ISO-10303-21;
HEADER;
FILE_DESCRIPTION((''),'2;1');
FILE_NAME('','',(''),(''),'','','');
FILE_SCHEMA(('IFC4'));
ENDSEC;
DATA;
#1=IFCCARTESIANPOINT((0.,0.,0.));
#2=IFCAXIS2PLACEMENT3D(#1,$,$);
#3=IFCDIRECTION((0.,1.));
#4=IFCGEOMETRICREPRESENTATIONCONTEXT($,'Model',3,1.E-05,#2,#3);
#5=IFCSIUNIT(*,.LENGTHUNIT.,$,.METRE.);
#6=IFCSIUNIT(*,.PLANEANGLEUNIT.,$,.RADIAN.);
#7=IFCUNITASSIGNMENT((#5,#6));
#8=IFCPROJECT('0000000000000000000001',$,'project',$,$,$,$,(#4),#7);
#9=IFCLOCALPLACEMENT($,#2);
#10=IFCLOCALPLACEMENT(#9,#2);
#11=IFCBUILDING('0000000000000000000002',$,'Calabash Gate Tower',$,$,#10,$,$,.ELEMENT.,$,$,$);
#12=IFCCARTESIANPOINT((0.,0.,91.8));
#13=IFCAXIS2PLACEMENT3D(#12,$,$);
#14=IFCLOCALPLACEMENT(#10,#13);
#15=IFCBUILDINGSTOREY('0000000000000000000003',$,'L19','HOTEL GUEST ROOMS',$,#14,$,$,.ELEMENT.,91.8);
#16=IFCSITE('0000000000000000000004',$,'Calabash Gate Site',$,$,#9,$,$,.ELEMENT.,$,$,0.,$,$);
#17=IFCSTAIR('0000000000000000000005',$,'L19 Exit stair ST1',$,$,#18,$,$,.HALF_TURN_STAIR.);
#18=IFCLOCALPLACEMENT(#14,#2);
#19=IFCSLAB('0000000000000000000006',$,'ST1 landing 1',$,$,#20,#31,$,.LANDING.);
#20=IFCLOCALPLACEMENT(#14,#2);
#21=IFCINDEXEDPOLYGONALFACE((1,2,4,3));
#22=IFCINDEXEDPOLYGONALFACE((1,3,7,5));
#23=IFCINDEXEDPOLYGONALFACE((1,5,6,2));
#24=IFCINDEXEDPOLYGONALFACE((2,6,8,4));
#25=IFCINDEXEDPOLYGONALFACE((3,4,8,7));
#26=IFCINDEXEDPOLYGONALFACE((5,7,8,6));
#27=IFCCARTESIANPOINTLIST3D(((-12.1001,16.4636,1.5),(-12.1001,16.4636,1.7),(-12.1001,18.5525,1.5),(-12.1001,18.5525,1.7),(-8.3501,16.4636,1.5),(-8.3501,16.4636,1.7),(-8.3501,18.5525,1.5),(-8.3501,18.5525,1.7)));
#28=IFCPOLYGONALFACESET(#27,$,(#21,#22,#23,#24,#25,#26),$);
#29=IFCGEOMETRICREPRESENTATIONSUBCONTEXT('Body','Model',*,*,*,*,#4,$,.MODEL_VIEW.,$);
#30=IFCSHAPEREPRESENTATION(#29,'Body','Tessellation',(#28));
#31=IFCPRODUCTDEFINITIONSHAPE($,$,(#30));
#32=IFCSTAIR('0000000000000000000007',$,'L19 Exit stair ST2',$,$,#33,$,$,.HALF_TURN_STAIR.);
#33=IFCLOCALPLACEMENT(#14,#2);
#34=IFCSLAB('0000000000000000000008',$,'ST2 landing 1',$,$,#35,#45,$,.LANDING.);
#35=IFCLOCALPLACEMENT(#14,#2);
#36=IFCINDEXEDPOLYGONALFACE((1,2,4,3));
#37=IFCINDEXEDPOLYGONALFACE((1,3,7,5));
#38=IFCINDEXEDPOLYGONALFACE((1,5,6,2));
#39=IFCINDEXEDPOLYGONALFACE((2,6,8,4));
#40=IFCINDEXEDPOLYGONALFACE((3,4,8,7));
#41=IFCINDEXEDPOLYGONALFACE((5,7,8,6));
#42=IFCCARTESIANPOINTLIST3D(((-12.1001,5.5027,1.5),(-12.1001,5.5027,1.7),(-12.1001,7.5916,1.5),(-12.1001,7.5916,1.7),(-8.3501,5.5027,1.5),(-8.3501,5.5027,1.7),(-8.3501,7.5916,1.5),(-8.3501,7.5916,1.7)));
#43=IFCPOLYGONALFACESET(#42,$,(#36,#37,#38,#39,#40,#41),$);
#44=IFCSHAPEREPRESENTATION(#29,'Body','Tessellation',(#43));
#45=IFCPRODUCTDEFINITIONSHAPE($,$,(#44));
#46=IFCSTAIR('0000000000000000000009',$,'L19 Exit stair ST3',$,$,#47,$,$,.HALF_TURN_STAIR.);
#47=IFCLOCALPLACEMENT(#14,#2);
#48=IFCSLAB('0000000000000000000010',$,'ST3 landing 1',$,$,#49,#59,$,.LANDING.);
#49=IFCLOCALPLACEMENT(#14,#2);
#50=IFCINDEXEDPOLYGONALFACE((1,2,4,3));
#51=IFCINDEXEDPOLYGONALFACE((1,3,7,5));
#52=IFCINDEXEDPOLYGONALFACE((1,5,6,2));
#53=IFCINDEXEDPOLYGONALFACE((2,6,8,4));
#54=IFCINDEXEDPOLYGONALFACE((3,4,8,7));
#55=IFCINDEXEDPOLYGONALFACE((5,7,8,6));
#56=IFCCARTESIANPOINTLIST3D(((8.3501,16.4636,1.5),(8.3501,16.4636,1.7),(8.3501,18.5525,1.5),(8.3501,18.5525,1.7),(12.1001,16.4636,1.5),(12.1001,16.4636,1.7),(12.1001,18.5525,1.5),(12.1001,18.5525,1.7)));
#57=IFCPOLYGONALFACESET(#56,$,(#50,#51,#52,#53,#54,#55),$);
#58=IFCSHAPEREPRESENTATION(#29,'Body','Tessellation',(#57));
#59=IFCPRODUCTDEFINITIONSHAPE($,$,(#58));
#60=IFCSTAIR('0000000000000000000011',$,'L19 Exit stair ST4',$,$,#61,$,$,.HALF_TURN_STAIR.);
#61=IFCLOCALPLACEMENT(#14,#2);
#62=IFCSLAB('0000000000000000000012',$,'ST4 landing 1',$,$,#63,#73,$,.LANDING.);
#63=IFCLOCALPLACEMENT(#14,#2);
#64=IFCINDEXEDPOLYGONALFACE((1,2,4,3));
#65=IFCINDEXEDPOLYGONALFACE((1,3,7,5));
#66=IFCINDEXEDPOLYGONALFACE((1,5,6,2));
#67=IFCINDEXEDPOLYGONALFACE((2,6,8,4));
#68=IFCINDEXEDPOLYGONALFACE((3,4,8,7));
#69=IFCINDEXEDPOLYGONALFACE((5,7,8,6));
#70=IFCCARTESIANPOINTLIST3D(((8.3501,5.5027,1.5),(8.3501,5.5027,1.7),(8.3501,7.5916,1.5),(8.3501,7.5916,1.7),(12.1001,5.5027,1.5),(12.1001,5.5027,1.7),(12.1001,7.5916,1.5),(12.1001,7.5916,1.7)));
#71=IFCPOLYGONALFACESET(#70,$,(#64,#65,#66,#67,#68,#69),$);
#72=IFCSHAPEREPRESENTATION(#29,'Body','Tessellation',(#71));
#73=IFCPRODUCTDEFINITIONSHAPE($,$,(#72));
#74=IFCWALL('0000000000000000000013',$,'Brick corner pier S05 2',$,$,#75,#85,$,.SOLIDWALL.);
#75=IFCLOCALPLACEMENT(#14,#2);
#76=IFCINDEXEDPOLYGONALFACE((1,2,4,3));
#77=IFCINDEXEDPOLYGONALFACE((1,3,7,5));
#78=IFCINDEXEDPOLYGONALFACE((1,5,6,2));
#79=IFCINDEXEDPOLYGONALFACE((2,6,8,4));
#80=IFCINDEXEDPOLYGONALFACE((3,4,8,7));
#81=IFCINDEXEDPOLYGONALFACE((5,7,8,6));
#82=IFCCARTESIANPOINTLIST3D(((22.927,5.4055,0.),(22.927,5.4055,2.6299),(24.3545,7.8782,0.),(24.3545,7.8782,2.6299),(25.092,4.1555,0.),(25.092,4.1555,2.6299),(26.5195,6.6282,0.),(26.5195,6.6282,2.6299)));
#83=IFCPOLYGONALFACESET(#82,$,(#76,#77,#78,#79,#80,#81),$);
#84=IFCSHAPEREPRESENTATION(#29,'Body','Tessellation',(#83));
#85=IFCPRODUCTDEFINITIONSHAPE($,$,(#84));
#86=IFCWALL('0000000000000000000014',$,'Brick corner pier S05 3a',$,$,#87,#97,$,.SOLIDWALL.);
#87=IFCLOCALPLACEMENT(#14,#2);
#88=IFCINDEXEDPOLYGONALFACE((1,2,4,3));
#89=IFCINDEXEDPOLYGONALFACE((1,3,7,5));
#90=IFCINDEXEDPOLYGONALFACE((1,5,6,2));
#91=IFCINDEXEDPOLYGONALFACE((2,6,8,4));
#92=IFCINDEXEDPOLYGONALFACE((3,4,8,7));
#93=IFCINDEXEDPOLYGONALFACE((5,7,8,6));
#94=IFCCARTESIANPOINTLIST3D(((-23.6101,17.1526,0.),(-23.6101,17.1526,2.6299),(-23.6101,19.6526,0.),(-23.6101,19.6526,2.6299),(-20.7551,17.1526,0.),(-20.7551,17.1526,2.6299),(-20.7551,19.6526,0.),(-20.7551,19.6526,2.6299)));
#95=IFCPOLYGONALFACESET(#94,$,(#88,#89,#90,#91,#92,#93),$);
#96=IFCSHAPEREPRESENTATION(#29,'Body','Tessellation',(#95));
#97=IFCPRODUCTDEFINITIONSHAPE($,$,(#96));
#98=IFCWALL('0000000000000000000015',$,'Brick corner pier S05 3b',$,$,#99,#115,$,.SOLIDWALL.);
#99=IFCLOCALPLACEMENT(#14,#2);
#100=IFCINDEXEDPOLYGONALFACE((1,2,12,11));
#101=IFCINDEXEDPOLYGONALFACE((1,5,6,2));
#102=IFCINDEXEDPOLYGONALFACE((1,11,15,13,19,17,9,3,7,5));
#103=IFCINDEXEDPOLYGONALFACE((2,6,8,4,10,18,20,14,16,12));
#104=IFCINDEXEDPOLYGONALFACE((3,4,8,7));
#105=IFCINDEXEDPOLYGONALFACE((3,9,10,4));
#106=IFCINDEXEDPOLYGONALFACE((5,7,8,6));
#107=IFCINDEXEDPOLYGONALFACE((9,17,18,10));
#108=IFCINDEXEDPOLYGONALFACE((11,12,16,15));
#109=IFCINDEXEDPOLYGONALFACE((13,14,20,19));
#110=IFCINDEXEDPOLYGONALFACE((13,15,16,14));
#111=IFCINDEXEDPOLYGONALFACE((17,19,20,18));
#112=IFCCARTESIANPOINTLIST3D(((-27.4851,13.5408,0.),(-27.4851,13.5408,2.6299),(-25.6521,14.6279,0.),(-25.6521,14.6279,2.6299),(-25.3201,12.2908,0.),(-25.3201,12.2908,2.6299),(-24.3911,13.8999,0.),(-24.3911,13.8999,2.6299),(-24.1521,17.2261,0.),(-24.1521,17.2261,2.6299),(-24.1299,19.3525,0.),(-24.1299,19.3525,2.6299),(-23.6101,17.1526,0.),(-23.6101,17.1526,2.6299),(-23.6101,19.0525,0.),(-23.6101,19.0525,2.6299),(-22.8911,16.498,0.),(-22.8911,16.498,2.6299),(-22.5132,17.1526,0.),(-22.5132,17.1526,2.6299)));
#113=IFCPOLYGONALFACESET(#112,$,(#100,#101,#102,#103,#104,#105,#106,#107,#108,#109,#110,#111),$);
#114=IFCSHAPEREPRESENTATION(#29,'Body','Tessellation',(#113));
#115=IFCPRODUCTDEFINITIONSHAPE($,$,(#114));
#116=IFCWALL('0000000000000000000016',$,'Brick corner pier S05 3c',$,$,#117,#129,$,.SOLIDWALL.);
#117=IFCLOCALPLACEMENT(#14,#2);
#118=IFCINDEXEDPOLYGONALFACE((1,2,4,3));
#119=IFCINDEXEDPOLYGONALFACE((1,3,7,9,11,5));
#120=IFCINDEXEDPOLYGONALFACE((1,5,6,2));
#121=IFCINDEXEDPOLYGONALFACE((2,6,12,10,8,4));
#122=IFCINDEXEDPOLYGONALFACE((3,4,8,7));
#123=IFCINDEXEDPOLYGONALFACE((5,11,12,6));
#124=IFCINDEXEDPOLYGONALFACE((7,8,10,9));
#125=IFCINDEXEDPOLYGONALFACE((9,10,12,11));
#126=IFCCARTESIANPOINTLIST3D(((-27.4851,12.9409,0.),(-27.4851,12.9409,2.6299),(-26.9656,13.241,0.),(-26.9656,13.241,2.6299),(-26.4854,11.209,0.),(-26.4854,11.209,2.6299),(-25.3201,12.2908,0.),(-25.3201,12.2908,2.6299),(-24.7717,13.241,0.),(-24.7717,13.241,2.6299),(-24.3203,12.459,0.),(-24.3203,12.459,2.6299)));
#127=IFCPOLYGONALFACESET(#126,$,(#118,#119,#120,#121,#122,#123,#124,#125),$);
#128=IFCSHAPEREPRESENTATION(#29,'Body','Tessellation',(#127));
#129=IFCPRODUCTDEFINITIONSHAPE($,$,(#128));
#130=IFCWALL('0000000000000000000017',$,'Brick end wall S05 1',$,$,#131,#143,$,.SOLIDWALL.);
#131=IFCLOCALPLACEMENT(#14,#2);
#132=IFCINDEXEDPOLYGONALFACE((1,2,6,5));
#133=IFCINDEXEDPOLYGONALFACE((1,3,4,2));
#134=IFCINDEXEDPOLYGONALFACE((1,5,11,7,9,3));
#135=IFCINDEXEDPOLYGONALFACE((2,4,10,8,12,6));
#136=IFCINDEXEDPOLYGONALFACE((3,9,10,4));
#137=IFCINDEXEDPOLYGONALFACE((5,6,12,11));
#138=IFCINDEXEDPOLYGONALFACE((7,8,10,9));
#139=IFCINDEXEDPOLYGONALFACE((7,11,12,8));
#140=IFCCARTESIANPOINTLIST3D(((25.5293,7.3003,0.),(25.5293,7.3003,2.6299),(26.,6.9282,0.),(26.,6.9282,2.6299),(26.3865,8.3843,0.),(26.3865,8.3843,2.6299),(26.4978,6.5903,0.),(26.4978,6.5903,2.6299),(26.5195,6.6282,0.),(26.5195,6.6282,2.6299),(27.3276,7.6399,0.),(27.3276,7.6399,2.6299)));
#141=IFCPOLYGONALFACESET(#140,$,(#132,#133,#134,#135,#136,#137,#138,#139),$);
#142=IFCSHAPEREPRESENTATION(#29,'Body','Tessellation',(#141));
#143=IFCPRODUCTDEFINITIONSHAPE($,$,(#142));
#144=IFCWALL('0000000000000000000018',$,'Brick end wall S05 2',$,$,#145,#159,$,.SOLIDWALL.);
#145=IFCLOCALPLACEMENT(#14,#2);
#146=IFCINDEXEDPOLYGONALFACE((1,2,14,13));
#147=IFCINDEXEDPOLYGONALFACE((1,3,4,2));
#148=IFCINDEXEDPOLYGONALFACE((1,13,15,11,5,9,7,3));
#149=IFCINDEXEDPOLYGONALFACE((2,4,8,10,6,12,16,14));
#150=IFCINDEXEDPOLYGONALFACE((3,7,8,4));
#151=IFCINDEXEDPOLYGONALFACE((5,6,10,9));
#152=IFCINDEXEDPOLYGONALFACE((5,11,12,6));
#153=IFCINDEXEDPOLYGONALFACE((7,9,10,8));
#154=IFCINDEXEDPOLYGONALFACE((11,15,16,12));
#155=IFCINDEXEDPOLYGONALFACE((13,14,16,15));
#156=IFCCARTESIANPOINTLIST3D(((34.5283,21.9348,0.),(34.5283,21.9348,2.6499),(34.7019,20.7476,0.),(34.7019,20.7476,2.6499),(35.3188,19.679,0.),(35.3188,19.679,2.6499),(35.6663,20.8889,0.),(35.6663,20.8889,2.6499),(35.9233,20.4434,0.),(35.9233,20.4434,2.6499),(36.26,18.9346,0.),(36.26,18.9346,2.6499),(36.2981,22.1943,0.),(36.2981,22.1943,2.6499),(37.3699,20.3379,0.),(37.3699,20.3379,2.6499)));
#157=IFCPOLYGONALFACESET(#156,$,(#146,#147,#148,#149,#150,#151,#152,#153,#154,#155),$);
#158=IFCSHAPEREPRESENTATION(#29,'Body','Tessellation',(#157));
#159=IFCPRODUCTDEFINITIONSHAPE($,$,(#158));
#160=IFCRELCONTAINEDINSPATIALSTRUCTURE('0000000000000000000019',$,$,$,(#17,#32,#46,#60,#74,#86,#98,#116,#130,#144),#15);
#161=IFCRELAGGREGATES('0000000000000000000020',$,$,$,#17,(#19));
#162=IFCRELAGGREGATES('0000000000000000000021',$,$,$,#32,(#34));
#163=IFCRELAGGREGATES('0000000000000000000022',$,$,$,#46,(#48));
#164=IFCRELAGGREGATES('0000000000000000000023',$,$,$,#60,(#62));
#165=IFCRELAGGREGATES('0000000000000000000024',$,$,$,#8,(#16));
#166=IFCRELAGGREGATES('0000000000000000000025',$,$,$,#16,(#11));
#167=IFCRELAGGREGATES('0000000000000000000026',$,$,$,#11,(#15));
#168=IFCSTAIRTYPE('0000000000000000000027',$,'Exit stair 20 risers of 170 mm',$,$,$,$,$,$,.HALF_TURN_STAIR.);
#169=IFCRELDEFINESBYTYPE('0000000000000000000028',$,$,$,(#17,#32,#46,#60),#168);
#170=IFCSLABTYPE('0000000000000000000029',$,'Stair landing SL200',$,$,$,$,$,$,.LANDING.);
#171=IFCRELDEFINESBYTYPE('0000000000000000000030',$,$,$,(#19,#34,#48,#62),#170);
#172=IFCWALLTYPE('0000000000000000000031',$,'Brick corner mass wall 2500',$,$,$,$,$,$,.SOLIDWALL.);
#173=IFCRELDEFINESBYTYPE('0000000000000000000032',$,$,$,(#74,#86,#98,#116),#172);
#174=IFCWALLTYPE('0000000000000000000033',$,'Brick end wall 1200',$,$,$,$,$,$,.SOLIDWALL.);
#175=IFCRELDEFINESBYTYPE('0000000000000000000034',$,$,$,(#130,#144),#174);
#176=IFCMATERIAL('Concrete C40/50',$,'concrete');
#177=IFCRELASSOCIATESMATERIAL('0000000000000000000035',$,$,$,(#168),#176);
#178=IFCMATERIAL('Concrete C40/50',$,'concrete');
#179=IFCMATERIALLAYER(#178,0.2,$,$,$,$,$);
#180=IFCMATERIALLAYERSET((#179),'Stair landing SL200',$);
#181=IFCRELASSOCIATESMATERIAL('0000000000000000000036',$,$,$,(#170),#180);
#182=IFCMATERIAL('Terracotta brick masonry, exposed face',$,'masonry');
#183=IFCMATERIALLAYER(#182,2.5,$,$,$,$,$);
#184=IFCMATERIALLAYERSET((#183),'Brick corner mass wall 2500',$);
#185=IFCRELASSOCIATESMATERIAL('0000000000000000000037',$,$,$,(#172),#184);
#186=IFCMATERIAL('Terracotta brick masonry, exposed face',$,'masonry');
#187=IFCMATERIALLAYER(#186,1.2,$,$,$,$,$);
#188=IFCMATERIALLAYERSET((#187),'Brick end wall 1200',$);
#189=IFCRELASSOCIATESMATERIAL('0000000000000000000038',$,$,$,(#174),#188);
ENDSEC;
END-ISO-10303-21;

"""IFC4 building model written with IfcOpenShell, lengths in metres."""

from ifc_helpers import new_model, si_unit, direction, frame, origin, place, context, subcontext, project, spatial, polyline, outline, extrude, material, layer, layer_set, type_object, element, aggregate, save


model = new_model("IFC4")

# Units and contexts
model_context = context("Model", 3, precision=1e-05, world=origin(), true_north=direction((0.0, 1.0)))
body_context = subcontext(model_context, "Body", "Model", "MODEL_VIEW")
ifc_project = project(units=[si_unit("LENGTHUNIT", "METRE"), si_unit("PLANEANGLEUNIT", "RADIAN")], contexts=[model_context])

# Site, building, storey
site_placement = place(None, origin())
site = spatial("IfcSite", under=ifc_project, at=site_placement, Name="Calabash Gate Site", CompositionType="ELEMENT", RefElevation=0.0)
building_placement = place(site_placement, origin())
building = spatial("IfcBuilding", under=site, at=building_placement, Name="Calabash Gate Tower", CompositionType="ELEMENT")
storey_placement = place(building_placement, frame((0.0, 0.0, 91.8)))
storey = spatial("IfcBuildingStorey", under=building, at=storey_placement, Name="L19", Description="HOTEL GUEST ROOMS", CompositionType="ELEMENT", Elevation=91.8)

# Stairs, slabs
ifc_material_1 = material(Name="Concrete C40/50", Category="concrete")
stair_type = type_object("IfcStairType", Name="Exit stair 20 risers of 170 mm", PredefinedType="HALF_TURN_STAIR", material=ifc_material_1)
stair_1_placement = place(storey_placement, origin())
stair_1 = element("IfcStair", 1, at=stair_1_placement, inside=storey, type_object=stair_type, Name="L19 Exit stair ST1", PredefinedType="HALF_TURN_STAIR")
ifc_material_2 = material(Name="Concrete C40/50", Category="concrete")
ifc_layer_1 = layer(ifc_material_2, 0.2)
ifc_layer_set_1 = layer_set([ifc_layer_1], Name="Stair landing SL200")
slab_type = type_object("IfcSlabType", Name="Stair landing SL200", PredefinedType="LANDING", material=ifc_layer_set_1)
slab_1_placement = place(storey_placement, frame((0.0, 0.0, 1.5)))
slab_1 = element("IfcSlab", 2, at=slab_1_placement, type_object=slab_type, Name="ST1 landing 1", PredefinedType="LANDING", context=body_context, shape_type="SweptSolid", body=[
    extrude(outline(polyline([(-8.3501, 16.4636), (-8.3501, 18.5525), (-12.1001, 18.5525), (-12.1001, 16.4636), (-8.3501, 16.4636)])), origin(), (0.0, 0.0, 1.0), 0.2),
])
aggregate(stair_1, [slab_1])
stair_2_placement = place(storey_placement, origin())
stair_2 = element("IfcStair", 3, at=stair_2_placement, inside=storey, type_object=stair_type, Name="L19 Exit stair ST2", PredefinedType="HALF_TURN_STAIR")
slab_2_placement = place(storey_placement, frame((0.0, 0.0, 1.5)))
slab_2 = element("IfcSlab", 4, at=slab_2_placement, type_object=slab_type, Name="ST2 landing 1", PredefinedType="LANDING", context=body_context, shape_type="SweptSolid", body=[
    extrude(outline(polyline([(-12.1001, 7.5916), (-12.1001, 5.5027), (-8.3501, 5.5027), (-8.3501, 7.5916), (-12.1001, 7.5916)])), origin(), (0.0, 0.0, 1.0), 0.2),
])
aggregate(stair_2, [slab_2])
stair_3_placement = place(storey_placement, origin())
stair_3 = element("IfcStair", 5, at=stair_3_placement, inside=storey, type_object=stair_type, Name="L19 Exit stair ST3", PredefinedType="HALF_TURN_STAIR")
slab_3_placement = place(storey_placement, frame((0.0, 0.0, 1.5)))
slab_3 = element("IfcSlab", 6, at=slab_3_placement, type_object=slab_type, Name="ST3 landing 1", PredefinedType="LANDING", context=body_context, shape_type="SweptSolid", body=[
    extrude(outline(polyline([(12.1001, 16.4636), (12.1001, 18.5525), (8.3501, 18.5525), (8.3501, 16.4636), (12.1001, 16.4636)])), origin(), (0.0, 0.0, 1.0), 0.2),
])
aggregate(stair_3, [slab_3])
stair_4_placement = place(storey_placement, origin())
stair_4 = element("IfcStair", 7, at=stair_4_placement, inside=storey, type_object=stair_type, Name="L19 Exit stair ST4", PredefinedType="HALF_TURN_STAIR")
slab_4_placement = place(storey_placement, frame((0.0, 0.0, 1.5)))
slab_4 = element("IfcSlab", 8, at=slab_4_placement, type_object=slab_type, Name="ST4 landing 1", PredefinedType="LANDING", context=body_context, shape_type="SweptSolid", body=[
    extrude(outline(polyline([(8.3501, 7.5916), (8.3501, 5.5027), (12.1001, 5.5027), (12.1001, 7.5916), (8.3501, 7.5916)])), origin(), (0.0, 0.0, 1.0), 0.2),
])
aggregate(stair_4, [slab_4])

# Walls
ifc_material_3 = material(Name="Terracotta brick masonry, exposed face", Category="masonry")
ifc_layer_2 = layer(ifc_material_3, 2.5)
ifc_layer_set_2 = layer_set([ifc_layer_2], Name="Brick corner mass wall 2500")
wall_type_1 = type_object("IfcWallType", Name="Brick corner mass wall 2500", PredefinedType="SOLIDWALL", material=ifc_layer_set_2)
wall_1_placement = place(storey_placement, origin())
element("IfcWall", 9, at=wall_1_placement, inside=storey, type_object=wall_type_1, Name="Brick corner pier S05 2", PredefinedType="SOLIDWALL", context=body_context, shape_type="SweptSolid", body=[
    extrude(outline(polyline([(22.927, 5.4055), (25.092, 4.1555), (26.5195, 6.6282), (24.3545, 7.8782), (22.927, 5.4055)])), origin(), (0.0, 0.0, 1.0), 2.6299),
])
wall_2_placement = place(storey_placement, origin())
element("IfcWall", 10, at=wall_2_placement, inside=storey, type_object=wall_type_1, Name="Brick corner pier S05 3a", PredefinedType="SOLIDWALL", context=body_context, shape_type="SweptSolid", body=[
    extrude(outline(polyline([(-23.6101, 17.1526), (-20.7551, 17.1526), (-20.7551, 19.6526), (-23.6101, 19.6526), (-23.6101, 17.1526)])), origin(), (0.0, 0.0, 1.0), 2.6299),
])
wall_3_placement = place(storey_placement, origin())
element("IfcWall", 11, at=wall_3_placement, inside=storey, type_object=wall_type_1, Name="Brick corner pier S05 3b", PredefinedType="SOLIDWALL", context=body_context, shape_type="SweptSolid", body=[
    extrude(outline(polyline([(-22.8911, 16.498), (-22.5132, 17.1526), (-23.6101, 17.1526), (-23.6101, 19.0525), (-24.1299, 19.3525), (-27.4851, 13.5408), (-25.3201, 12.2908), (-24.3911, 13.8999), (-25.6521, 14.6279), (-24.1521, 17.2261), (-22.8911, 16.498)])), origin(), (0.0, 0.0, 1.0), 2.6299),
])
wall_4_placement = place(storey_placement, origin())
element("IfcWall", 12, at=wall_4_placement, inside=storey, type_object=wall_type_1, Name="Brick corner pier S05 3c", PredefinedType="SOLIDWALL", context=body_context, shape_type="SweptSolid", body=[
    extrude(outline(polyline([(-24.7717, 13.241), (-25.3201, 12.2908), (-26.9656, 13.241), (-27.4851, 12.9409), (-26.4854, 11.209), (-24.3203, 12.459), (-24.7717, 13.241)])), origin(), (0.0, 0.0, 1.0), 2.6299),
])
ifc_material_4 = material(Name="Terracotta brick masonry, exposed face", Category="masonry")
ifc_layer_3 = layer(ifc_material_4, 1.2)
ifc_layer_set_3 = layer_set([ifc_layer_3], Name="Brick end wall 1200")
wall_type_2 = type_object("IfcWallType", Name="Brick end wall 1200", PredefinedType="SOLIDWALL", material=ifc_layer_set_3)
wall_5_placement = place(storey_placement, origin())
element("IfcWall", 13, at=wall_5_placement, inside=storey, type_object=wall_type_2, Name="Brick end wall S05 1", PredefinedType="SOLIDWALL", context=body_context, shape_type="SweptSolid", body=[
    extrude(outline(polyline([(26.3865, 8.3843), (25.5293, 7.3003), (26.0, 6.9282), (26.5195, 6.6282), (26.4978, 6.5903), (27.3276, 7.6399), (26.3865, 8.3843)])), origin(), (0.0, 0.0, 1.0), 2.6299),
])
wall_6_placement = place(storey_placement, origin())
element("IfcWall", 14, at=wall_6_placement, inside=storey, type_object=wall_type_2, Name="Brick end wall S05 2", PredefinedType="SOLIDWALL", context=body_context, shape_type="SweptSolid", body=[
    extrude(outline(polyline([(35.9233, 20.4434), (35.3188, 19.679), (36.26, 18.9346), (37.3699, 20.3379), (36.2981, 22.1943), (34.5283, 21.9348), (34.7019, 20.7476), (35.6663, 20.8889), (35.9233, 20.4434)])), origin(), (0.0, 0.0, 1.0), 2.6499),
])

save(model, "model.ifc")
